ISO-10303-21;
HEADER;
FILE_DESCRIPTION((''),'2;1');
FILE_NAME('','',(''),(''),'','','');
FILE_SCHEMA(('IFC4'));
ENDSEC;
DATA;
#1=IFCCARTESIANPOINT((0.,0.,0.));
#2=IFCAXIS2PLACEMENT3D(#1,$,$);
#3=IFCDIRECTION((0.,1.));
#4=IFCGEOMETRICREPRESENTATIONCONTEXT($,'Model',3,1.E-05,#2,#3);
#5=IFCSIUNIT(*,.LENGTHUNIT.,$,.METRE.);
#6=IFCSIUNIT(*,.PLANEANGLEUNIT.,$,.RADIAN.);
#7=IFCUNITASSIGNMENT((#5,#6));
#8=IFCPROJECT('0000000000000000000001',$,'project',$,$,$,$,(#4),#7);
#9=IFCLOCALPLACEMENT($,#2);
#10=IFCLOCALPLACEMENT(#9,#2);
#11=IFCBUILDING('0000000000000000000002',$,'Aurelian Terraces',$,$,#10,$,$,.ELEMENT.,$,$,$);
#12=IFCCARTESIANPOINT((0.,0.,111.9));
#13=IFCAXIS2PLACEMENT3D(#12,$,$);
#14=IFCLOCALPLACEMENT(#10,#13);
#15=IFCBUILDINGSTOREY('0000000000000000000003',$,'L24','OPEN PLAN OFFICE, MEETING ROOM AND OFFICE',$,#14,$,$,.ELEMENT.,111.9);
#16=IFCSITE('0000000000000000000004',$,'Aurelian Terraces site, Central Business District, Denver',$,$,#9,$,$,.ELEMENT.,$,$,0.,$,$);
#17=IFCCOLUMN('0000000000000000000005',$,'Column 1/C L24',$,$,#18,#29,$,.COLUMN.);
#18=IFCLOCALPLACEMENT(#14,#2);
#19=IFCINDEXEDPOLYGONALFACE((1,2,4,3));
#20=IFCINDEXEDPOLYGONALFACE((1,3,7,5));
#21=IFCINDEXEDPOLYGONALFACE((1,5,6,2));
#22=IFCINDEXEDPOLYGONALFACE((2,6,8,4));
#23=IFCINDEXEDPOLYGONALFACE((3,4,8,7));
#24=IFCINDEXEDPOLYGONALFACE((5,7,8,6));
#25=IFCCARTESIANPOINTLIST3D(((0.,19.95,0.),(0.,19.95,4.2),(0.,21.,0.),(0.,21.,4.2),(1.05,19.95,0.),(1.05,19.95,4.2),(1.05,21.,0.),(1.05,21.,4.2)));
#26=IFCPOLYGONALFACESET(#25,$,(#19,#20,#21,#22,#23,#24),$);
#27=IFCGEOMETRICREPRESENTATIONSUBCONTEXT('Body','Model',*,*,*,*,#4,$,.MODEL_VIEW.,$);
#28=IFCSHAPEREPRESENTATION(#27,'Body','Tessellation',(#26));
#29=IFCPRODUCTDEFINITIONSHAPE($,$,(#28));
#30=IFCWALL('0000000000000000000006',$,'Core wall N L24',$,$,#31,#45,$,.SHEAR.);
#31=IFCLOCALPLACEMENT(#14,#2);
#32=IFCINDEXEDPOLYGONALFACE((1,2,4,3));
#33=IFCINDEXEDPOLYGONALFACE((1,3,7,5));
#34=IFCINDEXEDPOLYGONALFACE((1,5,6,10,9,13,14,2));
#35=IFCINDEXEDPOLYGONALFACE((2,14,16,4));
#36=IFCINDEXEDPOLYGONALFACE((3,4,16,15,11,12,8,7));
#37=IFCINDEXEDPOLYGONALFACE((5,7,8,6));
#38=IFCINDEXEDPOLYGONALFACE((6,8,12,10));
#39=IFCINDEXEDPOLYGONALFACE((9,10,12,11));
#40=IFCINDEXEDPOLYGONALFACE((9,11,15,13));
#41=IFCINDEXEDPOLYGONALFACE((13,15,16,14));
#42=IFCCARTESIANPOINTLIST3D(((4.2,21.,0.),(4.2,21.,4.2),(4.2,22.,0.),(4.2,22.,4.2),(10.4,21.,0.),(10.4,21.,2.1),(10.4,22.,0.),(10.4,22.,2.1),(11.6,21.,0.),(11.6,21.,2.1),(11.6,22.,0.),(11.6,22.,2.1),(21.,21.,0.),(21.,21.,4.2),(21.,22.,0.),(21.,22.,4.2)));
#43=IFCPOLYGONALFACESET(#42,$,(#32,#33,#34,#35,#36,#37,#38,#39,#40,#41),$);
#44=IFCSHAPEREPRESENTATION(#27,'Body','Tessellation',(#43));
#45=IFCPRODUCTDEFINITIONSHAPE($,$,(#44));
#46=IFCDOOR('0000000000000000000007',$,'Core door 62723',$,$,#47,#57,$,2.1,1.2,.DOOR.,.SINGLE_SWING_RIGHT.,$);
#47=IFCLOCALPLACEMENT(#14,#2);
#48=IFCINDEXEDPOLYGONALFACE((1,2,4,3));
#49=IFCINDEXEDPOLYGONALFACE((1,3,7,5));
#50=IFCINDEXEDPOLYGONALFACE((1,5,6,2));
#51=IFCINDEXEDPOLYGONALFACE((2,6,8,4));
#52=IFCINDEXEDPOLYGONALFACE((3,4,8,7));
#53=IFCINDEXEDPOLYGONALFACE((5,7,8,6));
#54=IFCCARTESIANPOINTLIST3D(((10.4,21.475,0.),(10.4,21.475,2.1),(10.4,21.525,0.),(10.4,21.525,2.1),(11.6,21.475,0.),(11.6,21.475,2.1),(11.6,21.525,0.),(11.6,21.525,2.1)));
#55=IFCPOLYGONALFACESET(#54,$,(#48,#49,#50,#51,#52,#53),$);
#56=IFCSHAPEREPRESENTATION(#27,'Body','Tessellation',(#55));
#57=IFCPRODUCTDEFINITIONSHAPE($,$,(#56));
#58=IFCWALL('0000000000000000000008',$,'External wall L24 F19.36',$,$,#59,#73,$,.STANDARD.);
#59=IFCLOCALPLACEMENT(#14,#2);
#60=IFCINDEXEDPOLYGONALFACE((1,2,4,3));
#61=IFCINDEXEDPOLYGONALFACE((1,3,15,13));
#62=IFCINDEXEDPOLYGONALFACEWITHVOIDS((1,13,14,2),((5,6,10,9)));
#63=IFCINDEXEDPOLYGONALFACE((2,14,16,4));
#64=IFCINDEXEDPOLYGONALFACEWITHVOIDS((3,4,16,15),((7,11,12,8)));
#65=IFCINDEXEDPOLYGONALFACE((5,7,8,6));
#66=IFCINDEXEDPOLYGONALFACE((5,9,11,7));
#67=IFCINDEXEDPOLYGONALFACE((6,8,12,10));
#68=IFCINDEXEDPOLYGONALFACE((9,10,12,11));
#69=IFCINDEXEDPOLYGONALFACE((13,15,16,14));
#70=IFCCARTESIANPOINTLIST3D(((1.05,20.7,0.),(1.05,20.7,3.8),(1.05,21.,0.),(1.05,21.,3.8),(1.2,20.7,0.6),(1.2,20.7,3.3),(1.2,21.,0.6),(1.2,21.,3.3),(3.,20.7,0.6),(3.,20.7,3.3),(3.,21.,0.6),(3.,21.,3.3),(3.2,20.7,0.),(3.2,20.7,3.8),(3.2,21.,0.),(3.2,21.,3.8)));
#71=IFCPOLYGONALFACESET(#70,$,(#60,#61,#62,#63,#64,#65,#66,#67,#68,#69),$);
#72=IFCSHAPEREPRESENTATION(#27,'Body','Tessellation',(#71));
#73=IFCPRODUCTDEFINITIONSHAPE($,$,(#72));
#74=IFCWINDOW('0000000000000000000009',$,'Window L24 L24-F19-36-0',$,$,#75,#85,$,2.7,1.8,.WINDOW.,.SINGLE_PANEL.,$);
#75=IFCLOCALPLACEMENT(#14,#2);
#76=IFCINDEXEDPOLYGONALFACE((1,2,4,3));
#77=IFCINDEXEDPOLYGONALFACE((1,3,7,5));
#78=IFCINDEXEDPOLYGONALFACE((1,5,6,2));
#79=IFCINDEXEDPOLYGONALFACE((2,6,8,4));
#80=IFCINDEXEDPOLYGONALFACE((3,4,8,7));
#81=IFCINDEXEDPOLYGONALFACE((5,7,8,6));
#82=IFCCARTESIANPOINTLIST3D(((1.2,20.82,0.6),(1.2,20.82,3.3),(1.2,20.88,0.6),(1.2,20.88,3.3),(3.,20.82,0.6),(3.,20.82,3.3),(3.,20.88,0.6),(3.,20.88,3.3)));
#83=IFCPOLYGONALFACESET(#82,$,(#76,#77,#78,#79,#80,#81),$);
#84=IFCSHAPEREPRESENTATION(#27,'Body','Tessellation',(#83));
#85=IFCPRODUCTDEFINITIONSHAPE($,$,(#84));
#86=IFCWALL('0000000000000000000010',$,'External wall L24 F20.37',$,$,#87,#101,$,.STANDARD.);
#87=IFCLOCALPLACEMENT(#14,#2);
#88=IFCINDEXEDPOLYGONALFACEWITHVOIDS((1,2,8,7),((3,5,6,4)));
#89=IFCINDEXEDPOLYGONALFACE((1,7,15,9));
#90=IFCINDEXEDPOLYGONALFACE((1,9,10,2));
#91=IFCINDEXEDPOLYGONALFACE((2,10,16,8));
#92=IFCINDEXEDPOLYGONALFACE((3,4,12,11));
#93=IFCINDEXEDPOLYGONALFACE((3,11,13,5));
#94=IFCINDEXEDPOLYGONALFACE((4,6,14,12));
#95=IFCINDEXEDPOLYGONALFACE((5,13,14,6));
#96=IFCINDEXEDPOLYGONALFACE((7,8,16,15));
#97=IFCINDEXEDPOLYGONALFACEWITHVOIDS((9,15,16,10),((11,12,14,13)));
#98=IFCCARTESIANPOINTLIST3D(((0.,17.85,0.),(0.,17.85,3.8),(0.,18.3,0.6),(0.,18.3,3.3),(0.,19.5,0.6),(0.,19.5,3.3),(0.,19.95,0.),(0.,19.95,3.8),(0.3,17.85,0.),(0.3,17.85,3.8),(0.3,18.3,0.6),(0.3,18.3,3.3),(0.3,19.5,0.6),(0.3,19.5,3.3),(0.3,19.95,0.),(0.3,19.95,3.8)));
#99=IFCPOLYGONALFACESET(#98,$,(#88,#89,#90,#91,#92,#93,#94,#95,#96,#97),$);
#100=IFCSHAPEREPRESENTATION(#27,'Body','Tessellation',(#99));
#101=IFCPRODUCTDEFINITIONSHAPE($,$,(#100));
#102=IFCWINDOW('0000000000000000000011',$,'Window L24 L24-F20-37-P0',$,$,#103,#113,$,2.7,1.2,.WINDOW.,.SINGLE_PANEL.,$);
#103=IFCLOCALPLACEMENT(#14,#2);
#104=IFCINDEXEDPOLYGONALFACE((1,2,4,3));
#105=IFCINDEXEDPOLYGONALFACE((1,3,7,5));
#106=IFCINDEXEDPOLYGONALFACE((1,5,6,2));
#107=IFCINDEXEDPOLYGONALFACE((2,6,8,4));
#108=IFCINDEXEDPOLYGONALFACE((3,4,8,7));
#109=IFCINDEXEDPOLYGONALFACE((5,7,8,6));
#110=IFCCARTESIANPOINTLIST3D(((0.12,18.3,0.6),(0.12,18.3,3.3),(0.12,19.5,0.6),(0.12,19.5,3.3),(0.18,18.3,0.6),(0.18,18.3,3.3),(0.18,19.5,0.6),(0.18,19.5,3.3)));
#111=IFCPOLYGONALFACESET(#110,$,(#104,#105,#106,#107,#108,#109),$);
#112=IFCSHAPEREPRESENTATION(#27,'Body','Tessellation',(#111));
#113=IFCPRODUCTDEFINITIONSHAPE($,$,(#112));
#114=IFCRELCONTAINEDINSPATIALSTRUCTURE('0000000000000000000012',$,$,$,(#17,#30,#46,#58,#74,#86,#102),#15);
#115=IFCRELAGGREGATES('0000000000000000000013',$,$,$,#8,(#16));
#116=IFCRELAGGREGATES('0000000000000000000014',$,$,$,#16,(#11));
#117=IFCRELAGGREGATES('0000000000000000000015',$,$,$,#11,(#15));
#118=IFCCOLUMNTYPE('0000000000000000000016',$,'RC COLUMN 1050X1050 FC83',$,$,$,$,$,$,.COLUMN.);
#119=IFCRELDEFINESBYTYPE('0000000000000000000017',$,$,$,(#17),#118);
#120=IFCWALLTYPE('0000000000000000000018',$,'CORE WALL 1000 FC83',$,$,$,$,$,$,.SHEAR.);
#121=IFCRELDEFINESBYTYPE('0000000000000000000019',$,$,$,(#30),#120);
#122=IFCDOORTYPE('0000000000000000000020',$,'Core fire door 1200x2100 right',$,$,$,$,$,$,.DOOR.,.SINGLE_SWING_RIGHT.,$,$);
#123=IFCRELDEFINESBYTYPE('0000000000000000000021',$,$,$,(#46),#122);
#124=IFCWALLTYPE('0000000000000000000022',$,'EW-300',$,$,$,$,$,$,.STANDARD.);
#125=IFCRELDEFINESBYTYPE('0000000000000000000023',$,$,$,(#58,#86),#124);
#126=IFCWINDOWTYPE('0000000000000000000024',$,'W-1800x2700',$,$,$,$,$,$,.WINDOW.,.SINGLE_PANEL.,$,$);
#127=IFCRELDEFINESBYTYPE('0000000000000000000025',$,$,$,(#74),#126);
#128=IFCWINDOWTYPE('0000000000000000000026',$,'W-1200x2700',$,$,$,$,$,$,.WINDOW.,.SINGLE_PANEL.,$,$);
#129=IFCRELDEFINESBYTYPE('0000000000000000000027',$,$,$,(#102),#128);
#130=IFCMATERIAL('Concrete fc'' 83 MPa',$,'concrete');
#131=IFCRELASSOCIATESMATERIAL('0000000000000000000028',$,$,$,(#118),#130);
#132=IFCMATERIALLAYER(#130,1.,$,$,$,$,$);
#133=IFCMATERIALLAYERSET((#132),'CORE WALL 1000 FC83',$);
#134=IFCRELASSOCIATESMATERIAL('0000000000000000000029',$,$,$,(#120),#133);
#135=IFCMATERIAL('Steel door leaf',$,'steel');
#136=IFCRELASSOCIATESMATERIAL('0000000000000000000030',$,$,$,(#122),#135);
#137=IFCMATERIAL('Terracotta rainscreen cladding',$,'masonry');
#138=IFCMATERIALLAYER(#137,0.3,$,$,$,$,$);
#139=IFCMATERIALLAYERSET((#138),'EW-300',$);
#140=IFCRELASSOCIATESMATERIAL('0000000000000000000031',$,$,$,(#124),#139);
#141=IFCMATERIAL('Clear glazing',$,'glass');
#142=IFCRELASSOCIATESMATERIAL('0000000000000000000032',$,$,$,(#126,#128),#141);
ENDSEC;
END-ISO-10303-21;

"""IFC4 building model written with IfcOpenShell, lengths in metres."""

from ifc_helpers import new_model, si_unit, direction, frame, frame_2d, origin, origin_2d, place, context, subcontext, project, spatial, rectangle, extrude, source, transform, mapped, material, layer, layer_set, material_profile, profile_set, type_object, element, fill, save


model = new_model("IFC4")

# Units and contexts
model_context = context("Model", 3, precision=1e-05, world=origin(), true_north=direction((0.0, 1.0)))
body_context = subcontext(model_context, "Body", "Model", "MODEL_VIEW")
ifc_project = project(units=[si_unit("LENGTHUNIT", "METRE"), si_unit("PLANEANGLEUNIT", "RADIAN")], contexts=[model_context])

# Site, building, storey
site_placement = place(None, origin())
site = spatial("IfcSite", under=ifc_project, at=site_placement, Name="Aurelian Terraces site, Central Business District, Denver", CompositionType="ELEMENT", RefElevation=0.0)
building_placement = place(site_placement, origin())
building = spatial("IfcBuilding", under=site, at=building_placement, Name="Aurelian Terraces", CompositionType="ELEMENT")
storey_placement = place(building_placement, frame((0.0, 0.0, 111.9)))
storey = spatial("IfcBuildingStorey", under=building, at=storey_placement, Name="L24", Description="OPEN PLAN OFFICE, MEETING ROOM AND OFFICE", CompositionType="ELEMENT", Elevation=111.9)

# Column
ifc_material_1 = material(Name="Concrete fc' 83 MPa", Category="concrete")
ifc_material_profile = material_profile(ifc_material_1, rectangle(XDim=1.05, YDim=1.05, at=origin_2d()))
ifc_profile_set = profile_set([ifc_material_profile], Name="Concrete fc' 83 MPa")
column_type = type_object("IfcColumnType", Name="RC COLUMN 1050X1050 FC83", PredefinedType="COLUMN", material=ifc_profile_set)
shared_shape_1 = source(origin(), body_context, "Body", "SweptSolid", [
    extrude(rectangle(XDim=1.05, YDim=1.05, at=origin_2d()), origin(), (0.0, 0.0, 1.0), 4.2),
])
column_placement = place(storey_placement, frame((0.525, 20.475, 0.0), z_axis=(0.0, 0.0, 1.0), x_axis=(1.0, 0.0, 0.0)))
element("IfcColumn", 1, at=column_placement, inside=storey, type_object=column_type, Name="Column 1/C L24", PredefinedType="COLUMN", context=body_context, shape_type="MappedRepresentation", body=[
    mapped(shared_shape_1, transform((0.0, 0.0, 0.0), scale=1.0)),
])

# Wall, opening, door
ifc_layer_1 = layer(ifc_material_1, 1.0)
ifc_layer_set_1 = layer_set([ifc_layer_1], Name="CORE WALL 1000 FC83")
wall_type_1 = type_object("IfcWallType", Name="CORE WALL 1000 FC83", PredefinedType="SHEAR", material=ifc_layer_set_1)
shared_shape_2 = source(origin(), body_context, "Body", "SweptSolid", [
    extrude(rectangle(XDim=16.8, YDim=1.0, at=frame_2d((8.4, 0.0))), origin(), (0.0, 0.0, 1.0), 4.2),
])
wall_1_placement = place(storey_placement, frame((4.2, 21.5, 0.0), z_axis=(0.0, 0.0, 1.0), x_axis=(1.0, 0.0, 0.0)))
wall_1 = element("IfcWall", 2, at=wall_1_placement, inside=storey, type_object=wall_type_1, Name="Core wall N L24", PredefinedType="SHEAR", context=body_context, shape_type="MappedRepresentation", body=[
    mapped(shared_shape_2, transform((0.0, 0.0, 0.0), scale=1.0)),
])
shared_shape_3 = source(origin(), body_context, "Body", "SweptSolid", [
    extrude(rectangle(XDim=1.2, YDim=2.1, at=frame_2d((0.6, 1.05))), frame((0.0, 0.51, 0.0), z_axis=(0.0, -1.0, 0.0), x_axis=(1.0, 0.0, 0.0)), (0.0, 0.0, 1.0), 1.02),
])
opening_1_placement = place(wall_1_placement, frame((6.2, 0.0, 0.0)))
opening_1 = element("IfcOpeningElement", 3, at=opening_1_placement, cuts=wall_1, PredefinedType="OPENING", context=body_context, shape_type="MappedRepresentation", body=[
    mapped(shared_shape_3, transform((0.0, 0.0, 0.0), scale=1.0)),
])
ifc_material_2 = material(Name="Steel door leaf", Category="steel")
door_type_1 = type_object("IfcDoorType", Name="Core fire door 1200x2100 right", OperationType="SINGLE_SWING_RIGHT", PredefinedType="DOOR", material=ifc_material_2)
shared_shape_4 = source(origin(), body_context, "Body", "SweptSolid", [
    extrude(rectangle(XDim=1.2, YDim=2.1, at=frame_2d((0.6, 1.05))), frame((0.0, 0.025, 0.0), z_axis=(0.0, -1.0, 0.0), x_axis=(1.0, 0.0, 0.0)), (0.0, 0.0, 1.0), 0.05),
])
door_1_placement = place(opening_1_placement, origin())
door_1 = element("IfcDoor", 4, at=door_1_placement, inside=storey, type_object=door_type_1, Name="Core door 62723", OperationType="SINGLE_SWING_RIGHT", OverallHeight=2.1, OverallWidth=1.2, PredefinedType="DOOR", context=body_context, shape_type="MappedRepresentation", body=[
    mapped(shared_shape_4, transform((0.0, 0.0, 0.0), scale=1.0)),
])
fill(opening_1, door_1)

# Walls, openings, windows
ifc_material_3 = material(Name="Terracotta rainscreen cladding", Category="masonry")
ifc_layer_2 = layer(ifc_material_3, 0.3)
ifc_layer_set_2 = layer_set([ifc_layer_2], Name="EW-300")
wall_type_2 = type_object("IfcWallType", Name="EW-300", PredefinedType="STANDARD", material=ifc_layer_set_2)
shared_shape_5 = source(origin(), body_context, "Body", "SweptSolid", [
    extrude(rectangle(XDim=2.15, YDim=0.3, at=frame_2d((1.075, 0.0))), origin(), (0.0, 0.0, 1.0), 3.8),
])
wall_2_placement = place(storey_placement, frame((3.2, 20.85, 0.0), z_axis=(0.0, 0.0, 1.0), x_axis=(-1.0, 0.0, 0.0)))
wall_2 = element("IfcWall", 5, at=wall_2_placement, inside=storey, type_object=wall_type_2, Name="External wall L24 F19.36", PredefinedType="STANDARD", context=body_context, shape_type="MappedRepresentation", body=[
    mapped(shared_shape_5, transform((0.0, 0.0, 0.0), scale=1.0)),
])
shared_shape_6 = source(origin(), body_context, "Body", "SweptSolid", [
    extrude(rectangle(XDim=1.8, YDim=2.7, at=frame_2d((0.9, 1.35))), frame((0.0, 0.16, 0.0), z_axis=(0.0, -1.0, 0.0), x_axis=(1.0, 0.0, 0.0)), (0.0, 0.0, 1.0), 0.32),
])
opening_2_placement = place(wall_2_placement, frame((0.2, 0.0, 0.6)))
opening_2 = element("IfcOpeningElement", 6, at=opening_2_placement, cuts=wall_2, PredefinedType="OPENING", context=body_context, shape_type="MappedRepresentation", body=[
    mapped(shared_shape_6, transform((0.0, 0.0, 0.0), scale=1.0)),
])
ifc_material_4 = material(Name="Clear glazing", Category="glass")
window_type_1 = type_object("IfcWindowType", Name="W-1800x2700", PartitioningType="SINGLE_PANEL", PredefinedType="WINDOW", material=ifc_material_4)
shared_shape_7 = source(origin(), body_context, "Body", "SweptSolid", [
    extrude(rectangle(XDim=1.8, YDim=2.7, at=frame_2d((0.9, 1.35))), frame((0.0, 0.03, 0.0), z_axis=(0.0, -1.0, 0.0), x_axis=(1.0, 0.0, 0.0)), (0.0, 0.0, 1.0), 0.06),
])
window_1_placement = place(opening_2_placement, origin())
window_1 = element("IfcWindow", 7, at=window_1_placement, inside=storey, type_object=window_type_1, Name="Window L24 L24-F19-36-0", OverallHeight=2.7, OverallWidth=1.8, PartitioningType="SINGLE_PANEL", PredefinedType="WINDOW", context=body_context, shape_type="MappedRepresentation", body=[
    mapped(shared_shape_7, transform((0.0, 0.0, 0.0), scale=1.0)),
])
fill(opening_2, window_1)
shared_shape_8 = source(origin(), body_context, "Body", "SweptSolid", [
    extrude(rectangle(XDim=2.1, YDim=0.3, at=frame_2d((1.05, 0.0))), origin(), (0.0, 0.0, 1.0), 3.8),
])
wall_3_placement = place(storey_placement, frame((0.15, 19.95, 0.0), z_axis=(0.0, 0.0, 1.0), x_axis=(0.0, -1.0, 0.0)))
wall_3 = element("IfcWall", 8, at=wall_3_placement, inside=storey, type_object=wall_type_2, Name="External wall L24 F20.37", PredefinedType="STANDARD", context=body_context, shape_type="MappedRepresentation", body=[
    mapped(shared_shape_8, transform((0.0, 0.0, 0.0), scale=1.0)),
])
shared_shape_9 = source(origin(), body_context, "Body", "SweptSolid", [
    extrude(rectangle(XDim=1.2, YDim=2.7, at=frame_2d((0.6, 1.35))), frame((0.0, 0.16, 0.0), z_axis=(0.0, -1.0, 0.0), x_axis=(1.0, 0.0, 0.0)), (0.0, 0.0, 1.0), 0.32),
])
opening_3_placement = place(wall_3_placement, frame((0.45, 0.0, 0.6)))
opening_3 = element("IfcOpeningElement", 9, at=opening_3_placement, cuts=wall_3, PredefinedType="OPENING", context=body_context, shape_type="MappedRepresentation", body=[
    mapped(shared_shape_9, transform((0.0, 0.0, 0.0), scale=1.0)),
])
window_type_2 = type_object("IfcWindowType", Name="W-1200x2700", PartitioningType="SINGLE_PANEL", PredefinedType="WINDOW", material=ifc_material_4)
shared_shape_10 = source(origin(), body_context, "Body", "SweptSolid", [
    extrude(rectangle(XDim=1.2, YDim=2.7, at=frame_2d((0.6, 1.35))), frame((0.0, 0.03, 0.0), z_axis=(0.0, -1.0, 0.0), x_axis=(1.0, 0.0, 0.0)), (0.0, 0.0, 1.0), 0.06),
])
window_2_placement = place(opening_3_placement, origin())
window_2 = element("IfcWindow", 10, at=window_2_placement, inside=storey, type_object=window_type_2, Name="Window L24 L24-F20-37-P0", OverallHeight=2.7, OverallWidth=1.2, PartitioningType="SINGLE_PANEL", PredefinedType="WINDOW", context=body_context, shape_type="MappedRepresentation", body=[
    mapped(shared_shape_10, transform((0.0, 0.0, 0.0), scale=1.0)),
])
fill(opening_3, window_2)

save(model, "model.ifc")
